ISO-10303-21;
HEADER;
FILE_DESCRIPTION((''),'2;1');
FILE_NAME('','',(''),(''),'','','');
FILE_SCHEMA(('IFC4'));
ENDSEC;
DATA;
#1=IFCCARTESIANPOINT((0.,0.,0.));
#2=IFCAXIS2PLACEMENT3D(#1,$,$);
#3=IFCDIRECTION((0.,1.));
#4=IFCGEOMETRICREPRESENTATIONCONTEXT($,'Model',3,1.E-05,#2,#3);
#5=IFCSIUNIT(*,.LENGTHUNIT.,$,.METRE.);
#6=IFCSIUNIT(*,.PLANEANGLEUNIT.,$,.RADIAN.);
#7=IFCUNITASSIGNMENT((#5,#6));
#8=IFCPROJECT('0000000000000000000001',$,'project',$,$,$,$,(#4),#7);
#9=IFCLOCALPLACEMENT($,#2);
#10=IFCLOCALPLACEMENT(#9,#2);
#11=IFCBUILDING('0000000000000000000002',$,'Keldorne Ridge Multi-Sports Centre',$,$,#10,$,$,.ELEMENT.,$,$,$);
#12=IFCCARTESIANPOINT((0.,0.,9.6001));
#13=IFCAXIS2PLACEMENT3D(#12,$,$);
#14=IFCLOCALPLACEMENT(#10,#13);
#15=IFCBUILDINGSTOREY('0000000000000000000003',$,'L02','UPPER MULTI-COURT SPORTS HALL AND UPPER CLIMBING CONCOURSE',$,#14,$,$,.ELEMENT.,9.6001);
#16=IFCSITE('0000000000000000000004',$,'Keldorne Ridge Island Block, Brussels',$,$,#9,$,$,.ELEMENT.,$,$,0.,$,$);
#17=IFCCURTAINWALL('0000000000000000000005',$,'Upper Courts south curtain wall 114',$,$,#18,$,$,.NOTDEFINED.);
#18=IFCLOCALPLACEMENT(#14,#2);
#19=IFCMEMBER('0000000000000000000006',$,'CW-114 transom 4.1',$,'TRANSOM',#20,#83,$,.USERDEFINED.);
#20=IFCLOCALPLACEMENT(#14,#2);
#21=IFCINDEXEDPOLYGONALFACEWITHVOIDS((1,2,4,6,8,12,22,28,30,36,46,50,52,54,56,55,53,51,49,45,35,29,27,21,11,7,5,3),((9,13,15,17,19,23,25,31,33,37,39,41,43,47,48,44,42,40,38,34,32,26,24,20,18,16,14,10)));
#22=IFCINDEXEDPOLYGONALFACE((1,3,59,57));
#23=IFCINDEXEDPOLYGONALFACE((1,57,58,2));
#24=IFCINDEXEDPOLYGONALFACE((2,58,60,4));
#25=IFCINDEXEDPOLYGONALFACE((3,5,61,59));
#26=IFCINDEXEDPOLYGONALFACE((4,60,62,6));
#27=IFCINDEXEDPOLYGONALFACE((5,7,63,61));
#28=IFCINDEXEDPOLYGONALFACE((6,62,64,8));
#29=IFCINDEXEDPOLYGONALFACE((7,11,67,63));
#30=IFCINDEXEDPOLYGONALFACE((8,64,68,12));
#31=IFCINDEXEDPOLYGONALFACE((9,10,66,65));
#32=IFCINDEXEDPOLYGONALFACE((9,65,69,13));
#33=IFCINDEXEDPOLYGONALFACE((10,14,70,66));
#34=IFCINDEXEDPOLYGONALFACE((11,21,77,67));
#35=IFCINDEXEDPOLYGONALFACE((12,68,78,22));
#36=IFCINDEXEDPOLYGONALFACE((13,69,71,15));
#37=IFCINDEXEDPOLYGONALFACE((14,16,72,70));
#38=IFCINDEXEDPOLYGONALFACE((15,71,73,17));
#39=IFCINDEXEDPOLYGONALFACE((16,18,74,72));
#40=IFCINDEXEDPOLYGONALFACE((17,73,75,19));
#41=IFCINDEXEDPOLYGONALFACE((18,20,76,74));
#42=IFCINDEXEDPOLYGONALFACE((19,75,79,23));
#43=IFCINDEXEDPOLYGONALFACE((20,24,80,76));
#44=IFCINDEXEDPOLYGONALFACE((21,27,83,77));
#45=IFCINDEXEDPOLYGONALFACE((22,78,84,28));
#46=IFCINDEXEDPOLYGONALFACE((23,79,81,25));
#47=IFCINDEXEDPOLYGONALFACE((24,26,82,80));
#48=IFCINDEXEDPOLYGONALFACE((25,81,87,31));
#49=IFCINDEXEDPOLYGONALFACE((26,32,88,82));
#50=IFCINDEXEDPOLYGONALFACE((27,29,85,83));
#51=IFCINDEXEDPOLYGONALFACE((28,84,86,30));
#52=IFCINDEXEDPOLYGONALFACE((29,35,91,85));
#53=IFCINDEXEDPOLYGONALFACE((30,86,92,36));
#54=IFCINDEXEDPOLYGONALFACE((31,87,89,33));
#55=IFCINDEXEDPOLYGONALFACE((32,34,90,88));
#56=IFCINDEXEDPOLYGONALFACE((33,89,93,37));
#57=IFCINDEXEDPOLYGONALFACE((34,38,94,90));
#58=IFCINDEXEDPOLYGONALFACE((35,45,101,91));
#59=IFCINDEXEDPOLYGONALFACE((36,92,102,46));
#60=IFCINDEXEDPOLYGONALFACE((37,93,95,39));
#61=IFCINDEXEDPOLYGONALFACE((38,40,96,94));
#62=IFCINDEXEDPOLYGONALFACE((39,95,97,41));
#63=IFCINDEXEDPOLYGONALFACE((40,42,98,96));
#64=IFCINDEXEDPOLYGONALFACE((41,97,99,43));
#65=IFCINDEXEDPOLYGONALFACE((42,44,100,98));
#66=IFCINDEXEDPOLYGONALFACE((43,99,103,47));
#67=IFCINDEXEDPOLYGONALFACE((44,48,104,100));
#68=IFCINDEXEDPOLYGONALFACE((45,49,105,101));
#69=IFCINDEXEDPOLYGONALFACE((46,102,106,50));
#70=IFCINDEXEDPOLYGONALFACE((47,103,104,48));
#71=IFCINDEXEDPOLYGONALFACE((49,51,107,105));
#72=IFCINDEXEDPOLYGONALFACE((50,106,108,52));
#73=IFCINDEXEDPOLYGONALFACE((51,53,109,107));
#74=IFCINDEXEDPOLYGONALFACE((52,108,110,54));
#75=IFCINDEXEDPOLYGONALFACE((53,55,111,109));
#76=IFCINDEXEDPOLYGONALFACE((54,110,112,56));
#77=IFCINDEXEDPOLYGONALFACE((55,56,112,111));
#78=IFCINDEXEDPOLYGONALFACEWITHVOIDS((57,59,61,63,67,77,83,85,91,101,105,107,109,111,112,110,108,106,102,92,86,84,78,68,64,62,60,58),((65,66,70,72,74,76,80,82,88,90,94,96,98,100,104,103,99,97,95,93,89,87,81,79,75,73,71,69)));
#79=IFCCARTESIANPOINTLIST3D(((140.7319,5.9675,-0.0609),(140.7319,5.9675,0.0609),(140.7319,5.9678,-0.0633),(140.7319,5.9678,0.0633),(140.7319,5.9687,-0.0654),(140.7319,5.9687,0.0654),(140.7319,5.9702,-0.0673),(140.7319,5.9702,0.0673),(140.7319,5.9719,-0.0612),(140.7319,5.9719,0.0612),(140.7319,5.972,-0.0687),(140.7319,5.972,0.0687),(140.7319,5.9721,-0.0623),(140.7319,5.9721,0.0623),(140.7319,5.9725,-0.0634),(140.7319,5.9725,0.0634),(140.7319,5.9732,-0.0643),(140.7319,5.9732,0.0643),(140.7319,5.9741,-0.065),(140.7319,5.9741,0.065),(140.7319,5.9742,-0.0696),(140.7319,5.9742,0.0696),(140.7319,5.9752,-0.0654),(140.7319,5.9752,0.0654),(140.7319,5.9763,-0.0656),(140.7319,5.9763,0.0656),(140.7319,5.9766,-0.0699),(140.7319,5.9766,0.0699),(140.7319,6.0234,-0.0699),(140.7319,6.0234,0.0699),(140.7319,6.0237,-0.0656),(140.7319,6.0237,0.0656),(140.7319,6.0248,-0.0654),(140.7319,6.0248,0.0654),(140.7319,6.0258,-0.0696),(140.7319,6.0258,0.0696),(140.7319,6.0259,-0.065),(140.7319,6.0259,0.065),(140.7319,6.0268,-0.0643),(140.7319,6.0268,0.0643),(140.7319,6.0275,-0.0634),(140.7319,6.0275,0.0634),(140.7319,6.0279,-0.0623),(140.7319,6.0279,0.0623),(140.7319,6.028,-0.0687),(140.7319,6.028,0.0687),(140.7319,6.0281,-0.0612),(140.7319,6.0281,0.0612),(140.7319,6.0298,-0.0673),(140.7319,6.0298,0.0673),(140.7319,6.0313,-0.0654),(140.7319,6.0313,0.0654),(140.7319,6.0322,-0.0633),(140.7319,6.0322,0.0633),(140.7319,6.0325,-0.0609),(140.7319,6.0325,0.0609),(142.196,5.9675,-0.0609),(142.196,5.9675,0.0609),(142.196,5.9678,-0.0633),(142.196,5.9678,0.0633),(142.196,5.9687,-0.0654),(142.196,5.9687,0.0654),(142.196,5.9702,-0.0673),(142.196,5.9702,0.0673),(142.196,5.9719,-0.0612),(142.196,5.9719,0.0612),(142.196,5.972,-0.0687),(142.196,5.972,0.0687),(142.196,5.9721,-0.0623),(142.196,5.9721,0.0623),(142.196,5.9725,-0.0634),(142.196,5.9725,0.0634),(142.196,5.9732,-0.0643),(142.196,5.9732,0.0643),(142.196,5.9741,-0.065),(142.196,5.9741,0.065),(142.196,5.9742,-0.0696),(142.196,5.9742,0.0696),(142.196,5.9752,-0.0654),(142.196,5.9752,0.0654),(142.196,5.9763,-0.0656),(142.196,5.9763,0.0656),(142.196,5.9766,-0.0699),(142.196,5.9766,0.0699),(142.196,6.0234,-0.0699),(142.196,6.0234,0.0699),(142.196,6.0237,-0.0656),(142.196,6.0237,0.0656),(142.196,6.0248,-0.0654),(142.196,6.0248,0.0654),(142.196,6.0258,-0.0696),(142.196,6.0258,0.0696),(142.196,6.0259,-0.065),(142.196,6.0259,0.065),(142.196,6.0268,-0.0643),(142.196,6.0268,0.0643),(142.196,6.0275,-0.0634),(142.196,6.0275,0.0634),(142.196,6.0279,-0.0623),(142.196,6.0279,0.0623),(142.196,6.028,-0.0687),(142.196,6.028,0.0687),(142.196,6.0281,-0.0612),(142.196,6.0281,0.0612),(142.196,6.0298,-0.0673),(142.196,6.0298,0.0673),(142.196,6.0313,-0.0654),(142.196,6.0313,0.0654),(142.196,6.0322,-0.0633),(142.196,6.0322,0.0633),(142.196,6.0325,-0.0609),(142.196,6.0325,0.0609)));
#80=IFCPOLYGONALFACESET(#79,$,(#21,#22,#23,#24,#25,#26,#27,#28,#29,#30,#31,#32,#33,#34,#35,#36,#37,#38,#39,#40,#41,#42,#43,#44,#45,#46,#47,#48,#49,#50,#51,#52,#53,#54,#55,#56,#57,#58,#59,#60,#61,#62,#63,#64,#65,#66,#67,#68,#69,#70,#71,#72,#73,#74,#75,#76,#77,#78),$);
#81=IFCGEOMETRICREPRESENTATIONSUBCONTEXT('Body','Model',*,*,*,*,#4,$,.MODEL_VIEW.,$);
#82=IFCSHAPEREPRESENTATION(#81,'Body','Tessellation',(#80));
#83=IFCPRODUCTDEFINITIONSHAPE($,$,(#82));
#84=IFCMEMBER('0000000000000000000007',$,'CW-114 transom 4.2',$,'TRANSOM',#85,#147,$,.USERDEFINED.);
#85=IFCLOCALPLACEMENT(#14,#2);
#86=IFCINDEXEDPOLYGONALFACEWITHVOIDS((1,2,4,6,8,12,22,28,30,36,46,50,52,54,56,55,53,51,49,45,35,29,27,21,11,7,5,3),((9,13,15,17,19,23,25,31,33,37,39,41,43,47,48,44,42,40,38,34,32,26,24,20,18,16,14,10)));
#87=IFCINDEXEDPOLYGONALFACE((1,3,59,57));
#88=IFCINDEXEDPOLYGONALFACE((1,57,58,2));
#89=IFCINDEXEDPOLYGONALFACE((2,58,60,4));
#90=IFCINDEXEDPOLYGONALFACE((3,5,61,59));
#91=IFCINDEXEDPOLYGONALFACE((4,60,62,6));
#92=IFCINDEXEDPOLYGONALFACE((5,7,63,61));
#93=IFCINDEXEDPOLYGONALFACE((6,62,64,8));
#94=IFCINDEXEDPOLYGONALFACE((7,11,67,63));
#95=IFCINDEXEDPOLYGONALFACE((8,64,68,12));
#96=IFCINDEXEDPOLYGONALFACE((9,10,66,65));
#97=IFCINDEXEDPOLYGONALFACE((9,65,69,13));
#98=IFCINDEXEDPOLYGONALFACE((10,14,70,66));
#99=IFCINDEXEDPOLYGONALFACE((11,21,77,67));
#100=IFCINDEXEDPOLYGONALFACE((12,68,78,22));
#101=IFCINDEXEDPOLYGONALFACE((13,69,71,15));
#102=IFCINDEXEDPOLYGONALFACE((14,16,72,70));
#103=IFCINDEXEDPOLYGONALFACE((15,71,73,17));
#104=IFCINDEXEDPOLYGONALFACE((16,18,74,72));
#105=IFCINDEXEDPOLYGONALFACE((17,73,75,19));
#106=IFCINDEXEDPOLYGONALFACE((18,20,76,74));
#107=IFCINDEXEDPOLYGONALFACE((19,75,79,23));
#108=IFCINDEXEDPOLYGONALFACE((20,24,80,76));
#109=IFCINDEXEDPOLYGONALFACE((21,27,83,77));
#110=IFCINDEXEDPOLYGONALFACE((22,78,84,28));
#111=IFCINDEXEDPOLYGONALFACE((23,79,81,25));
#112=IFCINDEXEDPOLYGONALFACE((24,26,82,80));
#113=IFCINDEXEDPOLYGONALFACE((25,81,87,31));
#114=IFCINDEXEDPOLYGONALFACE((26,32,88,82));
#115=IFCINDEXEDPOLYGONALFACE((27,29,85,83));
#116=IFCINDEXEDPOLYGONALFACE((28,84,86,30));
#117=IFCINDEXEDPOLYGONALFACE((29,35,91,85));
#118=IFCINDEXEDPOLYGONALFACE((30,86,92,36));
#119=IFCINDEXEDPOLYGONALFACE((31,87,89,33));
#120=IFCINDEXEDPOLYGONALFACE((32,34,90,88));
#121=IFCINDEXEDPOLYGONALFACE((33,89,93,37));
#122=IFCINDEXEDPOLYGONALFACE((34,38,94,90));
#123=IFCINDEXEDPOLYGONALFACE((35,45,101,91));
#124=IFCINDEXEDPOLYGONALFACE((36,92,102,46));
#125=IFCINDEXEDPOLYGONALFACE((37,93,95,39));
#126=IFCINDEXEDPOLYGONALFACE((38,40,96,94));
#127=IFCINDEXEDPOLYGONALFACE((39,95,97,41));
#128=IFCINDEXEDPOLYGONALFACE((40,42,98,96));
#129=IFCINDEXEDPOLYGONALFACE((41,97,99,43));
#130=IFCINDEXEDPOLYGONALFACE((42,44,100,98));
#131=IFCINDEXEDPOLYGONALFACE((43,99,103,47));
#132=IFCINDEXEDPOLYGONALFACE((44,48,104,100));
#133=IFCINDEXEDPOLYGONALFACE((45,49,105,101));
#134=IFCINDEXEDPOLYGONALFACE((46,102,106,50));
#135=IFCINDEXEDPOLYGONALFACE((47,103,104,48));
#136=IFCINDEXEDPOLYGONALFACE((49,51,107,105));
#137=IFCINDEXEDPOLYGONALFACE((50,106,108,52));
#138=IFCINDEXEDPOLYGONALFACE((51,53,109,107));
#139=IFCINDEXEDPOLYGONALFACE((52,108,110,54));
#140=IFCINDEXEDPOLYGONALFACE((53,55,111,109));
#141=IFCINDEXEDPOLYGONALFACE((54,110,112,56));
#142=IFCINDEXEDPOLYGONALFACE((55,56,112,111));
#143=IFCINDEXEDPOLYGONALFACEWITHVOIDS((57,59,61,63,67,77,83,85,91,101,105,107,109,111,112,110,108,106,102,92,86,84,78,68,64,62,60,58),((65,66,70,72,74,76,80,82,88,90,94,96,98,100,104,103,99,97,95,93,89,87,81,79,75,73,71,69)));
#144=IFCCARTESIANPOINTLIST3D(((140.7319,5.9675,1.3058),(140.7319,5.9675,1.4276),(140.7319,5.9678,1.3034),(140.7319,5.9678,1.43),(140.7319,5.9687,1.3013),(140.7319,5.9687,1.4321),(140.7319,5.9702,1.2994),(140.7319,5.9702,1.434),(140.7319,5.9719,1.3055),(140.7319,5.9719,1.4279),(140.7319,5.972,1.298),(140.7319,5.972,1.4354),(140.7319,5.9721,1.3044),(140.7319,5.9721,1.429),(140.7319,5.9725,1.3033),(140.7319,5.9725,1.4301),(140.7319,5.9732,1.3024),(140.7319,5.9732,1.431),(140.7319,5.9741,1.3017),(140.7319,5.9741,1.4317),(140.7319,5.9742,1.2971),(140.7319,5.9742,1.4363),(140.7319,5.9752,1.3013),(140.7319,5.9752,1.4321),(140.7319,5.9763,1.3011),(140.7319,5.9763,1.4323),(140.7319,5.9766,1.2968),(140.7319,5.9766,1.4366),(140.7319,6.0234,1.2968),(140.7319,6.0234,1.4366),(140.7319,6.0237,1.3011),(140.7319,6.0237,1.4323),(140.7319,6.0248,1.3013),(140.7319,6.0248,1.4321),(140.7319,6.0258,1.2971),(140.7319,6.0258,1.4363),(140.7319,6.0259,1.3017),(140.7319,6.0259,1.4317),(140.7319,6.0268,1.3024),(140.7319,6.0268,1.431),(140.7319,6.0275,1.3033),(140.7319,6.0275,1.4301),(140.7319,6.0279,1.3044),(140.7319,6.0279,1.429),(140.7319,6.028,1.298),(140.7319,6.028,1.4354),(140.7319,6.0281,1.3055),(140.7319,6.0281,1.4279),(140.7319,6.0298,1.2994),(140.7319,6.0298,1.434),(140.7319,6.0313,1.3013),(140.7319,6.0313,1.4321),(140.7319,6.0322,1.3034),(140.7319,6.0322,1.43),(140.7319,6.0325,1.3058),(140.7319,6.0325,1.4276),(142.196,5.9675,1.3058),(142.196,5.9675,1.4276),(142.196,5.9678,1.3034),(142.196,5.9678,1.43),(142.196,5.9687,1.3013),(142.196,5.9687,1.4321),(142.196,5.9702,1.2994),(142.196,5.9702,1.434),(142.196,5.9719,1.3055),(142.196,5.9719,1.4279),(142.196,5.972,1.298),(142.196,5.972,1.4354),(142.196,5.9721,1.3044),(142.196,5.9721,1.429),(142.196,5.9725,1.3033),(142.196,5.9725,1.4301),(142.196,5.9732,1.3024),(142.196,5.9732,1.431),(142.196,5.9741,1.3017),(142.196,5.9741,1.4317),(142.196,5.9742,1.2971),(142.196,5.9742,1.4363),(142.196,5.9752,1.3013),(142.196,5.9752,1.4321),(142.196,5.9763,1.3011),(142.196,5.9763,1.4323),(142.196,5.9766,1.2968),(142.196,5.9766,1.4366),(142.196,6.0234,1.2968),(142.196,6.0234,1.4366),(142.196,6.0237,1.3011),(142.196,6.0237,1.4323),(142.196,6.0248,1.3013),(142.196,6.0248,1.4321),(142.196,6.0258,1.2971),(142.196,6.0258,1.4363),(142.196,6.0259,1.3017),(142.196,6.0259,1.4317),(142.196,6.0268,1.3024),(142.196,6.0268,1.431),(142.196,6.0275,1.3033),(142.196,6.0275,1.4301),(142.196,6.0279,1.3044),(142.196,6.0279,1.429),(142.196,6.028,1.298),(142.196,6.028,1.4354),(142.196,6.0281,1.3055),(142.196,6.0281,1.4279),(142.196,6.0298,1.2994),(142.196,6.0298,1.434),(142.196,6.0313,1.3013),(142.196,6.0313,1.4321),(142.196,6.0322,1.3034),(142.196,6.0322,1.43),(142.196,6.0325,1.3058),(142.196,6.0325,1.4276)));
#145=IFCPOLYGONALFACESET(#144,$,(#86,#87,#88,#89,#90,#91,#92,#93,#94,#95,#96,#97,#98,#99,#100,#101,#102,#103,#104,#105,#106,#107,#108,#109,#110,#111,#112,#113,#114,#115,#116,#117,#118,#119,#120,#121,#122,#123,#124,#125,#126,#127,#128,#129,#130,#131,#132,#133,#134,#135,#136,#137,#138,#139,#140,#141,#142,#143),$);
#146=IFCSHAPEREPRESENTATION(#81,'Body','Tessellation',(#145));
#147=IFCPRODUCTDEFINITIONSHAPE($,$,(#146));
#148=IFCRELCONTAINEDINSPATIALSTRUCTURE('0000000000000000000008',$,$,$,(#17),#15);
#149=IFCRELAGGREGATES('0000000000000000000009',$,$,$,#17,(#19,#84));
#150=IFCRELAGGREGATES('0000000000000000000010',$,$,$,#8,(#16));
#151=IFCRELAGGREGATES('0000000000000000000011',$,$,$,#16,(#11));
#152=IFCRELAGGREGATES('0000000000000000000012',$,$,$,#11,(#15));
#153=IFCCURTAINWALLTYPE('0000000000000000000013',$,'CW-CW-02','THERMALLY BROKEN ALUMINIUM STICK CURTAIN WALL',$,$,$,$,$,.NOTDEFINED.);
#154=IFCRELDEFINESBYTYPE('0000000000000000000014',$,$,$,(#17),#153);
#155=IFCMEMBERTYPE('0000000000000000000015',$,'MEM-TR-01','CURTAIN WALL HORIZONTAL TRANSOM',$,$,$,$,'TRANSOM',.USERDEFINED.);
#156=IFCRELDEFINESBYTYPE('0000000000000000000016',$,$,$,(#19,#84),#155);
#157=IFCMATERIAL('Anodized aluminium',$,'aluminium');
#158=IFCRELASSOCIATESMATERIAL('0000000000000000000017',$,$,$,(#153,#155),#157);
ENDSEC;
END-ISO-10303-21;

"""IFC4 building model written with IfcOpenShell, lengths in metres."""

from ifc_helpers import new_model, si_unit, direction, frame, origin, origin_2d, place, context, subcontext, project, spatial, hollow_rectangle, extrude, material, material_profile, profile_set, type_object, element, aggregate, save


model = new_model("IFC4")

# Units and contexts
model_context = context("Model", 3, precision=1e-05, world=origin(), true_north=direction((0.0, 1.0)))
body_context = subcontext(model_context, "Body", "Model", "MODEL_VIEW")
ifc_project = project(units=[si_unit("LENGTHUNIT", "METRE"), si_unit("PLANEANGLEUNIT", "RADIAN")], contexts=[model_context])

# Site, building, storey
site_placement = place(None, origin())
site = spatial("IfcSite", under=ifc_project, at=site_placement, Name="Keldorne Ridge Island Block, Brussels", CompositionType="ELEMENT", RefElevation=0.0)
building_placement = place(site_placement, origin())
building = spatial("IfcBuilding", under=site, at=building_placement, Name="Keldorne Ridge Multi-Sports Centre", CompositionType="ELEMENT")
storey_placement = place(building_placement, frame((0.0, 0.0, 9.6001)))
storey = spatial("IfcBuildingStorey", under=building, at=storey_placement, Name="L02", Description="UPPER MULTI-COURT SPORTS HALL AND UPPER CLIMBING CONCOURSE", CompositionType="ELEMENT", Elevation=9.6001)

# Curtain wall, members
ifc_material_1 = material(Name="Anodized aluminium", Category="aluminium")
curtain_wall_type = type_object("IfcCurtainWallType", Name="CW-CW-02", Description="THERMALLY BROKEN ALUMINIUM STICK CURTAIN WALL", PredefinedType="NOTDEFINED", material=ifc_material_1)
curtain_wall_placement = place(storey_placement, origin())
curtain_wall = element("IfcCurtainWall", 1, at=curtain_wall_placement, inside=storey, type_object=curtain_wall_type, Name="Upper Courts south curtain wall 114", PredefinedType="NOTDEFINED")
ifc_material_profile_1 = material_profile(ifc_material_1, hollow_rectangle(XDim=0.0649, YDim=0.1399, WallThickness=0.0044, InnerFilletRadius=0.0044, OuterFilletRadius=0.009, at=origin_2d()), Name="ALU TRANSOM 140x65x4.5")
ifc_profile_set_1 = profile_set([ifc_material_profile_1], Name="Anodized aluminium")
member_type_1 = type_object("IfcMemberType", Name="MEM-TR-01", Description="CURTAIN WALL HORIZONTAL TRANSOM", ElementType="TRANSOM", PredefinedType="USERDEFINED", material=ifc_profile_set_1)
member_1_placement = place(storey_placement, frame((140.7319, 6.0, 0.0), z_axis=(1.0, 0.0, 0.0), x_axis=(0.0, 1.0, 0.0)))
member_1 = element("IfcMember", 2, at=member_1_placement, type_object=member_type_1, Name="CW-114 transom 4.1", ObjectType="TRANSOM", PredefinedType="USERDEFINED", context=body_context, shape_type="SweptSolid", body=[
    extrude(hollow_rectangle(XDim=0.0649, YDim=0.1399, WallThickness=0.0044, InnerFilletRadius=0.0044, OuterFilletRadius=0.009, at=origin_2d()), origin(), (0.0, 0.0, 1.0), 1.4641),
])
member_2_placement = place(storey_placement, frame((140.7319, 6.0, 1.3667), z_axis=(1.0, 0.0, 0.0), x_axis=(0.0, 1.0, 0.0)))
member_2 = element("IfcMember", 3, at=member_2_placement, type_object=member_type_1, Name="CW-114 transom 4.2", ObjectType="TRANSOM", PredefinedType="USERDEFINED", context=body_context, shape_type="SweptSolid", body=[
    extrude(hollow_rectangle(XDim=0.0649, YDim=0.1399, WallThickness=0.0044, InnerFilletRadius=0.0044, OuterFilletRadius=0.009, at=origin_2d()), origin(), (0.0, 0.0, 1.0), 1.4641),
])
aggregate(curtain_wall, [member_1, member_2])

save(model, "model.ifc")
